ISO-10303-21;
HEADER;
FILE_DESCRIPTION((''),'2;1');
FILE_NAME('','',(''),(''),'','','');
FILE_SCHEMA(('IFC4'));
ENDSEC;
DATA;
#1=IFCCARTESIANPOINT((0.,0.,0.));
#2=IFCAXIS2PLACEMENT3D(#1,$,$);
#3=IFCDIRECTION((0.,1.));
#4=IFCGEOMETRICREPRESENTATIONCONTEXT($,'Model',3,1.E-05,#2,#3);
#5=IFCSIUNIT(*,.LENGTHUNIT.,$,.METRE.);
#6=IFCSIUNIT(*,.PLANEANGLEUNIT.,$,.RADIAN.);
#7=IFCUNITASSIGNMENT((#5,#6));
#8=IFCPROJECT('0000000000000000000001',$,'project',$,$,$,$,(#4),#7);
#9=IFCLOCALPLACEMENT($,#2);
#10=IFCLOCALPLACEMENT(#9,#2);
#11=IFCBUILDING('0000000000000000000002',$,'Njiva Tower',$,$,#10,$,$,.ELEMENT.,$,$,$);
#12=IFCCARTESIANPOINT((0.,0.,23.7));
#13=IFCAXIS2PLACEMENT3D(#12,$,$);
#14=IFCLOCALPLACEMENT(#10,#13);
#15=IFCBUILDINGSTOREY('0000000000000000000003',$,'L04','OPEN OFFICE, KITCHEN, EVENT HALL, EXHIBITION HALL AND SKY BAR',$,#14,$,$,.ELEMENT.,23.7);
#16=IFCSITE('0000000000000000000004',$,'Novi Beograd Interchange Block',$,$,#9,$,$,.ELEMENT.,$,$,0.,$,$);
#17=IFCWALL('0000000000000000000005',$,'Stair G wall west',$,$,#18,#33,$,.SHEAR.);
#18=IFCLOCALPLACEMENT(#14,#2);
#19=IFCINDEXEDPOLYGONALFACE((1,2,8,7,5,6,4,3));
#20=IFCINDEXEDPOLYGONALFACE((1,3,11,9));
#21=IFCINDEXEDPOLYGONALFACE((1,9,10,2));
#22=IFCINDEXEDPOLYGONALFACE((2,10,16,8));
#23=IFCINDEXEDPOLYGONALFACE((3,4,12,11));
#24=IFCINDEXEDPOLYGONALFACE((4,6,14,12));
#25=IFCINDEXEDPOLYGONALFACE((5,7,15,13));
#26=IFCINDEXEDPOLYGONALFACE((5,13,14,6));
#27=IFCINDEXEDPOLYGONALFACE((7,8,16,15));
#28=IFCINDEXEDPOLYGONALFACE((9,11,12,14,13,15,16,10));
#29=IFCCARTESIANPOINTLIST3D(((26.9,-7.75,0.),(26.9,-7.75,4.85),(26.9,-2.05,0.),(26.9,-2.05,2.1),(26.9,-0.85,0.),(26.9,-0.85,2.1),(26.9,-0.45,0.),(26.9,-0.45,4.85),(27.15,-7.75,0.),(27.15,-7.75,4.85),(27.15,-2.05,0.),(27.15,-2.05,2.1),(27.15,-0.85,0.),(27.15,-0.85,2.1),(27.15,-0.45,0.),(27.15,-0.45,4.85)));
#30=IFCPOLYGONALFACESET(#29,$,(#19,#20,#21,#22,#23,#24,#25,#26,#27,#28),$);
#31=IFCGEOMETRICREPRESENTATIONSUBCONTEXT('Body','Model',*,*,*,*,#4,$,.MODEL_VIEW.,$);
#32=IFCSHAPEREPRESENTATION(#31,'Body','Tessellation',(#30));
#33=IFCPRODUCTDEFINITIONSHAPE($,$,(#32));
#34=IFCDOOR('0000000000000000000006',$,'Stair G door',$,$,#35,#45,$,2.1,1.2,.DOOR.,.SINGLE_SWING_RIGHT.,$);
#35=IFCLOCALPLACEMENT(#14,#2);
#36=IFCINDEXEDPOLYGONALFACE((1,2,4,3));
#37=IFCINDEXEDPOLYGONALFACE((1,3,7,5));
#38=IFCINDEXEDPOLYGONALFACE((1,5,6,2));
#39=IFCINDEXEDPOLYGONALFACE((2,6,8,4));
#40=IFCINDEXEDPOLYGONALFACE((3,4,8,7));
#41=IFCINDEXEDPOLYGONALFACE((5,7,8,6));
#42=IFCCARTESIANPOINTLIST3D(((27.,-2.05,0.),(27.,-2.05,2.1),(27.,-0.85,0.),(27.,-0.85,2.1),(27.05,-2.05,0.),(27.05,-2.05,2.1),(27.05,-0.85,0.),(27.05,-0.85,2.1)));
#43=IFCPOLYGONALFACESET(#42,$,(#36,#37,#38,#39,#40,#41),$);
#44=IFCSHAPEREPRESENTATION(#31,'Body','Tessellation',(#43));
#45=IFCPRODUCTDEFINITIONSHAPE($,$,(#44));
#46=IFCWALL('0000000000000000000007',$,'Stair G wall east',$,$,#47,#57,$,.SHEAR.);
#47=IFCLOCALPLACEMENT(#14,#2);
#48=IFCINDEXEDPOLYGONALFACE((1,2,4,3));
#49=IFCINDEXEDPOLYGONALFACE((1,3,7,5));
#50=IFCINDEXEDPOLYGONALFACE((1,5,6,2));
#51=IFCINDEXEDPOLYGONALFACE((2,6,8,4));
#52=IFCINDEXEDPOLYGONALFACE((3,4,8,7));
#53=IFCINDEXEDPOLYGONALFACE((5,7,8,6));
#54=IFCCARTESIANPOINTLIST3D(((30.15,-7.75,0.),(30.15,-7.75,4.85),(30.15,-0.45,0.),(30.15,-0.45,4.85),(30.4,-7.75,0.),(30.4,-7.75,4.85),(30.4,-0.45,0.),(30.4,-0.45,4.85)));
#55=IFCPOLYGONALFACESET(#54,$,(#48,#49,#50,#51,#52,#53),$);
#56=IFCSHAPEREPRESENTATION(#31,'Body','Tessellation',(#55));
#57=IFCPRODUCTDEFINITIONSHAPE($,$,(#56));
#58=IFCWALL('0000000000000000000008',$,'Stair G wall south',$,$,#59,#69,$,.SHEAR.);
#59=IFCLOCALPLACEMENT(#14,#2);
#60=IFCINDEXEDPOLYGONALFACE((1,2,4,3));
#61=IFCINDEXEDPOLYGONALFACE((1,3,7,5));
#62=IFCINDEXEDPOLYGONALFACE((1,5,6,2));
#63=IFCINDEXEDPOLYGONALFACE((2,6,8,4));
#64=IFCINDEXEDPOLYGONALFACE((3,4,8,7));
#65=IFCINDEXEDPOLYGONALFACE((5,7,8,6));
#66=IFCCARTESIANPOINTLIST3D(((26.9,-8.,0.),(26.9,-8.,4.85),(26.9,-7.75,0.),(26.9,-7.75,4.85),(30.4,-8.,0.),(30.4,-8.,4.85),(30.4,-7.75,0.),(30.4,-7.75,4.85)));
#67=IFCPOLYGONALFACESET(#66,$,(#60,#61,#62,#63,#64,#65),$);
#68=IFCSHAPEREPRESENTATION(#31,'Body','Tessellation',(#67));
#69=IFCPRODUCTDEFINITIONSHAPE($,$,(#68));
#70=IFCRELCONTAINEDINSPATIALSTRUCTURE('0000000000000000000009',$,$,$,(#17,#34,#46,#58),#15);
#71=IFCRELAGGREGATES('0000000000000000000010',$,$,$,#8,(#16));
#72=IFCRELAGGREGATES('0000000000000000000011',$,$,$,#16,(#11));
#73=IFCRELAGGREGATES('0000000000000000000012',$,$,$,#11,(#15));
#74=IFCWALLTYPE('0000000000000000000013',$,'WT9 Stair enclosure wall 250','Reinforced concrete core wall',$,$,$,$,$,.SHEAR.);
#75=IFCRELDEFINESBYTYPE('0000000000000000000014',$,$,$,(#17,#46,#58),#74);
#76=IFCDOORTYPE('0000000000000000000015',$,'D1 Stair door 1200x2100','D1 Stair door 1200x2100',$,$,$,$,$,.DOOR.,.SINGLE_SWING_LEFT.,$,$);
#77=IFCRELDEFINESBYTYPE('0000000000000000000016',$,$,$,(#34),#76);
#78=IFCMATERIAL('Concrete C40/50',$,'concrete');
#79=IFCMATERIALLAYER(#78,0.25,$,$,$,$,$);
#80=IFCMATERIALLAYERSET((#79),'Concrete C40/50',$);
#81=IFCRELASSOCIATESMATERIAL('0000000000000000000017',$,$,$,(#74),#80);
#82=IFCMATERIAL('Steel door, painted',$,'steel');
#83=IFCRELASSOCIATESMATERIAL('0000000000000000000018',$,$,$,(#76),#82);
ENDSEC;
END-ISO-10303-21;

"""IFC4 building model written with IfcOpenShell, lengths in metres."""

from ifc_helpers import new_model, si_unit, direction, frame, frame_2d, origin, place, context, subcontext, project, spatial, rectangle, extrude, material, layer, layer_set, type_object, element, fill, save


model = new_model("IFC4")

# Units and contexts
model_context = context("Model", 3, precision=1e-05, world=origin(), true_north=direction((0.0, 1.0)))
body_context = subcontext(model_context, "Body", "Model", "MODEL_VIEW")
ifc_project = project(units=[si_unit("LENGTHUNIT", "METRE"), si_unit("PLANEANGLEUNIT", "RADIAN")], contexts=[model_context])

# Site, building, storey
site_placement = place(None, origin())
site = spatial("IfcSite", under=ifc_project, at=site_placement, Name="Novi Beograd Interchange Block", CompositionType="ELEMENT", RefElevation=0.0)
building_placement = place(site_placement, origin())
building = spatial("IfcBuilding", under=site, at=building_placement, Name="Njiva Tower", CompositionType="ELEMENT")
storey_placement = place(building_placement, frame((0.0, 0.0, 23.7)))
storey = spatial("IfcBuildingStorey", under=building, at=storey_placement, Name="L04", Description="OPEN OFFICE, KITCHEN, EVENT HALL, EXHIBITION HALL AND SKY BAR", CompositionType="ELEMENT", Elevation=23.7)

# Wall, opening, door
ifc_material_1 = material(Name="Concrete C40/50", Category="concrete")
ifc_layer_1 = layer(ifc_material_1, 0.25)
ifc_layer_set_1 = layer_set([ifc_layer_1], Name="Concrete C40/50")
wall_type_1 = type_object("IfcWallType", Name="WT9 Stair enclosure wall 250", Description="Reinforced concrete core wall", PredefinedType="SHEAR", material=ifc_layer_set_1)
wall_1_placement = place(storey_placement, frame((27.025, -7.75, 0.0), z_axis=(0.0, 0.0, 1.0), x_axis=(0.0, 1.0, 0.0)))
wall_1 = element("IfcWall", 1, at=wall_1_placement, inside=storey, type_object=wall_type_1, Name="Stair G wall west", PredefinedType="SHEAR", context=body_context, shape_type="SweptSolid", body=[
    extrude(rectangle(XDim=7.3, YDim=0.25, at=frame_2d((3.65, 0.0))), origin(), (0.0, 0.0, 1.0), 4.85),
])
opening_1_placement = place(wall_1_placement, frame((5.7, 0.0, 0.0)))
opening_1 = element("IfcOpeningElement", 2, at=opening_1_placement, cuts=wall_1, PredefinedType="OPENING", context=body_context, shape_type="SweptSolid", body=[
    extrude(rectangle(XDim=1.2, YDim=2.1, at=frame_2d((0.6, 1.05))), frame((0.0, 0.135, 0.0), z_axis=(0.0, -1.0, 0.0), x_axis=(1.0, 0.0, 0.0)), (0.0, 0.0, 1.0), 0.27),
])
ifc_material_2 = material(Name="Steel door, painted", Category="steel")
door_type_1 = type_object("IfcDoorType", Name="D1 Stair door 1200x2100", Description="D1 Stair door 1200x2100", OperationType="SINGLE_SWING_LEFT", PredefinedType="DOOR", material=ifc_material_2)
door_1_placement = place(opening_1_placement, origin())
door_1 = element("IfcDoor", 3, at=door_1_placement, inside=storey, type_object=door_type_1, Name="Stair G door", OperationType="SINGLE_SWING_RIGHT", OverallHeight=2.1, OverallWidth=1.2, PredefinedType="DOOR", context=body_context, shape_type="SweptSolid", body=[
    extrude(rectangle(XDim=1.2, YDim=2.1, at=frame_2d((0.6, 1.05))), frame((0.0, 0.025, 0.0), z_axis=(0.0, -1.0, 0.0), x_axis=(1.0, 0.0, 0.0)), (0.0, 0.0, 1.0), 0.05),
])
fill(opening_1, door_1)

# Walls
wall_2_placement = place(storey_placement, frame((30.275, -7.75, 0.0), z_axis=(0.0, 0.0, 1.0), x_axis=(0.0, 1.0, 0.0)))
element("IfcWall", 4, at=wall_2_placement, inside=storey, type_object=wall_type_1, Name="Stair G wall east", PredefinedType="SHEAR", context=body_context, shape_type="SweptSolid", body=[
    extrude(rectangle(XDim=7.3, YDim=0.25, at=frame_2d((3.65, 0.0))), origin(), (0.0, 0.0, 1.0), 4.85),
])
wall_3_placement = place(storey_placement, frame((26.9, -7.875, 0.0), z_axis=(0.0, 0.0, 1.0), x_axis=(1.0, 0.0, 0.0)))
element("IfcWall", 5, at=wall_3_placement, inside=storey, type_object=wall_type_1, Name="Stair G wall south", PredefinedType="SHEAR", context=body_context, shape_type="SweptSolid", body=[
    extrude(rectangle(XDim=3.5, YDim=0.25, at=frame_2d((1.75, 0.0))), origin(), (0.0, 0.0, 1.0), 4.85),
])

save(model, "model.ifc")
